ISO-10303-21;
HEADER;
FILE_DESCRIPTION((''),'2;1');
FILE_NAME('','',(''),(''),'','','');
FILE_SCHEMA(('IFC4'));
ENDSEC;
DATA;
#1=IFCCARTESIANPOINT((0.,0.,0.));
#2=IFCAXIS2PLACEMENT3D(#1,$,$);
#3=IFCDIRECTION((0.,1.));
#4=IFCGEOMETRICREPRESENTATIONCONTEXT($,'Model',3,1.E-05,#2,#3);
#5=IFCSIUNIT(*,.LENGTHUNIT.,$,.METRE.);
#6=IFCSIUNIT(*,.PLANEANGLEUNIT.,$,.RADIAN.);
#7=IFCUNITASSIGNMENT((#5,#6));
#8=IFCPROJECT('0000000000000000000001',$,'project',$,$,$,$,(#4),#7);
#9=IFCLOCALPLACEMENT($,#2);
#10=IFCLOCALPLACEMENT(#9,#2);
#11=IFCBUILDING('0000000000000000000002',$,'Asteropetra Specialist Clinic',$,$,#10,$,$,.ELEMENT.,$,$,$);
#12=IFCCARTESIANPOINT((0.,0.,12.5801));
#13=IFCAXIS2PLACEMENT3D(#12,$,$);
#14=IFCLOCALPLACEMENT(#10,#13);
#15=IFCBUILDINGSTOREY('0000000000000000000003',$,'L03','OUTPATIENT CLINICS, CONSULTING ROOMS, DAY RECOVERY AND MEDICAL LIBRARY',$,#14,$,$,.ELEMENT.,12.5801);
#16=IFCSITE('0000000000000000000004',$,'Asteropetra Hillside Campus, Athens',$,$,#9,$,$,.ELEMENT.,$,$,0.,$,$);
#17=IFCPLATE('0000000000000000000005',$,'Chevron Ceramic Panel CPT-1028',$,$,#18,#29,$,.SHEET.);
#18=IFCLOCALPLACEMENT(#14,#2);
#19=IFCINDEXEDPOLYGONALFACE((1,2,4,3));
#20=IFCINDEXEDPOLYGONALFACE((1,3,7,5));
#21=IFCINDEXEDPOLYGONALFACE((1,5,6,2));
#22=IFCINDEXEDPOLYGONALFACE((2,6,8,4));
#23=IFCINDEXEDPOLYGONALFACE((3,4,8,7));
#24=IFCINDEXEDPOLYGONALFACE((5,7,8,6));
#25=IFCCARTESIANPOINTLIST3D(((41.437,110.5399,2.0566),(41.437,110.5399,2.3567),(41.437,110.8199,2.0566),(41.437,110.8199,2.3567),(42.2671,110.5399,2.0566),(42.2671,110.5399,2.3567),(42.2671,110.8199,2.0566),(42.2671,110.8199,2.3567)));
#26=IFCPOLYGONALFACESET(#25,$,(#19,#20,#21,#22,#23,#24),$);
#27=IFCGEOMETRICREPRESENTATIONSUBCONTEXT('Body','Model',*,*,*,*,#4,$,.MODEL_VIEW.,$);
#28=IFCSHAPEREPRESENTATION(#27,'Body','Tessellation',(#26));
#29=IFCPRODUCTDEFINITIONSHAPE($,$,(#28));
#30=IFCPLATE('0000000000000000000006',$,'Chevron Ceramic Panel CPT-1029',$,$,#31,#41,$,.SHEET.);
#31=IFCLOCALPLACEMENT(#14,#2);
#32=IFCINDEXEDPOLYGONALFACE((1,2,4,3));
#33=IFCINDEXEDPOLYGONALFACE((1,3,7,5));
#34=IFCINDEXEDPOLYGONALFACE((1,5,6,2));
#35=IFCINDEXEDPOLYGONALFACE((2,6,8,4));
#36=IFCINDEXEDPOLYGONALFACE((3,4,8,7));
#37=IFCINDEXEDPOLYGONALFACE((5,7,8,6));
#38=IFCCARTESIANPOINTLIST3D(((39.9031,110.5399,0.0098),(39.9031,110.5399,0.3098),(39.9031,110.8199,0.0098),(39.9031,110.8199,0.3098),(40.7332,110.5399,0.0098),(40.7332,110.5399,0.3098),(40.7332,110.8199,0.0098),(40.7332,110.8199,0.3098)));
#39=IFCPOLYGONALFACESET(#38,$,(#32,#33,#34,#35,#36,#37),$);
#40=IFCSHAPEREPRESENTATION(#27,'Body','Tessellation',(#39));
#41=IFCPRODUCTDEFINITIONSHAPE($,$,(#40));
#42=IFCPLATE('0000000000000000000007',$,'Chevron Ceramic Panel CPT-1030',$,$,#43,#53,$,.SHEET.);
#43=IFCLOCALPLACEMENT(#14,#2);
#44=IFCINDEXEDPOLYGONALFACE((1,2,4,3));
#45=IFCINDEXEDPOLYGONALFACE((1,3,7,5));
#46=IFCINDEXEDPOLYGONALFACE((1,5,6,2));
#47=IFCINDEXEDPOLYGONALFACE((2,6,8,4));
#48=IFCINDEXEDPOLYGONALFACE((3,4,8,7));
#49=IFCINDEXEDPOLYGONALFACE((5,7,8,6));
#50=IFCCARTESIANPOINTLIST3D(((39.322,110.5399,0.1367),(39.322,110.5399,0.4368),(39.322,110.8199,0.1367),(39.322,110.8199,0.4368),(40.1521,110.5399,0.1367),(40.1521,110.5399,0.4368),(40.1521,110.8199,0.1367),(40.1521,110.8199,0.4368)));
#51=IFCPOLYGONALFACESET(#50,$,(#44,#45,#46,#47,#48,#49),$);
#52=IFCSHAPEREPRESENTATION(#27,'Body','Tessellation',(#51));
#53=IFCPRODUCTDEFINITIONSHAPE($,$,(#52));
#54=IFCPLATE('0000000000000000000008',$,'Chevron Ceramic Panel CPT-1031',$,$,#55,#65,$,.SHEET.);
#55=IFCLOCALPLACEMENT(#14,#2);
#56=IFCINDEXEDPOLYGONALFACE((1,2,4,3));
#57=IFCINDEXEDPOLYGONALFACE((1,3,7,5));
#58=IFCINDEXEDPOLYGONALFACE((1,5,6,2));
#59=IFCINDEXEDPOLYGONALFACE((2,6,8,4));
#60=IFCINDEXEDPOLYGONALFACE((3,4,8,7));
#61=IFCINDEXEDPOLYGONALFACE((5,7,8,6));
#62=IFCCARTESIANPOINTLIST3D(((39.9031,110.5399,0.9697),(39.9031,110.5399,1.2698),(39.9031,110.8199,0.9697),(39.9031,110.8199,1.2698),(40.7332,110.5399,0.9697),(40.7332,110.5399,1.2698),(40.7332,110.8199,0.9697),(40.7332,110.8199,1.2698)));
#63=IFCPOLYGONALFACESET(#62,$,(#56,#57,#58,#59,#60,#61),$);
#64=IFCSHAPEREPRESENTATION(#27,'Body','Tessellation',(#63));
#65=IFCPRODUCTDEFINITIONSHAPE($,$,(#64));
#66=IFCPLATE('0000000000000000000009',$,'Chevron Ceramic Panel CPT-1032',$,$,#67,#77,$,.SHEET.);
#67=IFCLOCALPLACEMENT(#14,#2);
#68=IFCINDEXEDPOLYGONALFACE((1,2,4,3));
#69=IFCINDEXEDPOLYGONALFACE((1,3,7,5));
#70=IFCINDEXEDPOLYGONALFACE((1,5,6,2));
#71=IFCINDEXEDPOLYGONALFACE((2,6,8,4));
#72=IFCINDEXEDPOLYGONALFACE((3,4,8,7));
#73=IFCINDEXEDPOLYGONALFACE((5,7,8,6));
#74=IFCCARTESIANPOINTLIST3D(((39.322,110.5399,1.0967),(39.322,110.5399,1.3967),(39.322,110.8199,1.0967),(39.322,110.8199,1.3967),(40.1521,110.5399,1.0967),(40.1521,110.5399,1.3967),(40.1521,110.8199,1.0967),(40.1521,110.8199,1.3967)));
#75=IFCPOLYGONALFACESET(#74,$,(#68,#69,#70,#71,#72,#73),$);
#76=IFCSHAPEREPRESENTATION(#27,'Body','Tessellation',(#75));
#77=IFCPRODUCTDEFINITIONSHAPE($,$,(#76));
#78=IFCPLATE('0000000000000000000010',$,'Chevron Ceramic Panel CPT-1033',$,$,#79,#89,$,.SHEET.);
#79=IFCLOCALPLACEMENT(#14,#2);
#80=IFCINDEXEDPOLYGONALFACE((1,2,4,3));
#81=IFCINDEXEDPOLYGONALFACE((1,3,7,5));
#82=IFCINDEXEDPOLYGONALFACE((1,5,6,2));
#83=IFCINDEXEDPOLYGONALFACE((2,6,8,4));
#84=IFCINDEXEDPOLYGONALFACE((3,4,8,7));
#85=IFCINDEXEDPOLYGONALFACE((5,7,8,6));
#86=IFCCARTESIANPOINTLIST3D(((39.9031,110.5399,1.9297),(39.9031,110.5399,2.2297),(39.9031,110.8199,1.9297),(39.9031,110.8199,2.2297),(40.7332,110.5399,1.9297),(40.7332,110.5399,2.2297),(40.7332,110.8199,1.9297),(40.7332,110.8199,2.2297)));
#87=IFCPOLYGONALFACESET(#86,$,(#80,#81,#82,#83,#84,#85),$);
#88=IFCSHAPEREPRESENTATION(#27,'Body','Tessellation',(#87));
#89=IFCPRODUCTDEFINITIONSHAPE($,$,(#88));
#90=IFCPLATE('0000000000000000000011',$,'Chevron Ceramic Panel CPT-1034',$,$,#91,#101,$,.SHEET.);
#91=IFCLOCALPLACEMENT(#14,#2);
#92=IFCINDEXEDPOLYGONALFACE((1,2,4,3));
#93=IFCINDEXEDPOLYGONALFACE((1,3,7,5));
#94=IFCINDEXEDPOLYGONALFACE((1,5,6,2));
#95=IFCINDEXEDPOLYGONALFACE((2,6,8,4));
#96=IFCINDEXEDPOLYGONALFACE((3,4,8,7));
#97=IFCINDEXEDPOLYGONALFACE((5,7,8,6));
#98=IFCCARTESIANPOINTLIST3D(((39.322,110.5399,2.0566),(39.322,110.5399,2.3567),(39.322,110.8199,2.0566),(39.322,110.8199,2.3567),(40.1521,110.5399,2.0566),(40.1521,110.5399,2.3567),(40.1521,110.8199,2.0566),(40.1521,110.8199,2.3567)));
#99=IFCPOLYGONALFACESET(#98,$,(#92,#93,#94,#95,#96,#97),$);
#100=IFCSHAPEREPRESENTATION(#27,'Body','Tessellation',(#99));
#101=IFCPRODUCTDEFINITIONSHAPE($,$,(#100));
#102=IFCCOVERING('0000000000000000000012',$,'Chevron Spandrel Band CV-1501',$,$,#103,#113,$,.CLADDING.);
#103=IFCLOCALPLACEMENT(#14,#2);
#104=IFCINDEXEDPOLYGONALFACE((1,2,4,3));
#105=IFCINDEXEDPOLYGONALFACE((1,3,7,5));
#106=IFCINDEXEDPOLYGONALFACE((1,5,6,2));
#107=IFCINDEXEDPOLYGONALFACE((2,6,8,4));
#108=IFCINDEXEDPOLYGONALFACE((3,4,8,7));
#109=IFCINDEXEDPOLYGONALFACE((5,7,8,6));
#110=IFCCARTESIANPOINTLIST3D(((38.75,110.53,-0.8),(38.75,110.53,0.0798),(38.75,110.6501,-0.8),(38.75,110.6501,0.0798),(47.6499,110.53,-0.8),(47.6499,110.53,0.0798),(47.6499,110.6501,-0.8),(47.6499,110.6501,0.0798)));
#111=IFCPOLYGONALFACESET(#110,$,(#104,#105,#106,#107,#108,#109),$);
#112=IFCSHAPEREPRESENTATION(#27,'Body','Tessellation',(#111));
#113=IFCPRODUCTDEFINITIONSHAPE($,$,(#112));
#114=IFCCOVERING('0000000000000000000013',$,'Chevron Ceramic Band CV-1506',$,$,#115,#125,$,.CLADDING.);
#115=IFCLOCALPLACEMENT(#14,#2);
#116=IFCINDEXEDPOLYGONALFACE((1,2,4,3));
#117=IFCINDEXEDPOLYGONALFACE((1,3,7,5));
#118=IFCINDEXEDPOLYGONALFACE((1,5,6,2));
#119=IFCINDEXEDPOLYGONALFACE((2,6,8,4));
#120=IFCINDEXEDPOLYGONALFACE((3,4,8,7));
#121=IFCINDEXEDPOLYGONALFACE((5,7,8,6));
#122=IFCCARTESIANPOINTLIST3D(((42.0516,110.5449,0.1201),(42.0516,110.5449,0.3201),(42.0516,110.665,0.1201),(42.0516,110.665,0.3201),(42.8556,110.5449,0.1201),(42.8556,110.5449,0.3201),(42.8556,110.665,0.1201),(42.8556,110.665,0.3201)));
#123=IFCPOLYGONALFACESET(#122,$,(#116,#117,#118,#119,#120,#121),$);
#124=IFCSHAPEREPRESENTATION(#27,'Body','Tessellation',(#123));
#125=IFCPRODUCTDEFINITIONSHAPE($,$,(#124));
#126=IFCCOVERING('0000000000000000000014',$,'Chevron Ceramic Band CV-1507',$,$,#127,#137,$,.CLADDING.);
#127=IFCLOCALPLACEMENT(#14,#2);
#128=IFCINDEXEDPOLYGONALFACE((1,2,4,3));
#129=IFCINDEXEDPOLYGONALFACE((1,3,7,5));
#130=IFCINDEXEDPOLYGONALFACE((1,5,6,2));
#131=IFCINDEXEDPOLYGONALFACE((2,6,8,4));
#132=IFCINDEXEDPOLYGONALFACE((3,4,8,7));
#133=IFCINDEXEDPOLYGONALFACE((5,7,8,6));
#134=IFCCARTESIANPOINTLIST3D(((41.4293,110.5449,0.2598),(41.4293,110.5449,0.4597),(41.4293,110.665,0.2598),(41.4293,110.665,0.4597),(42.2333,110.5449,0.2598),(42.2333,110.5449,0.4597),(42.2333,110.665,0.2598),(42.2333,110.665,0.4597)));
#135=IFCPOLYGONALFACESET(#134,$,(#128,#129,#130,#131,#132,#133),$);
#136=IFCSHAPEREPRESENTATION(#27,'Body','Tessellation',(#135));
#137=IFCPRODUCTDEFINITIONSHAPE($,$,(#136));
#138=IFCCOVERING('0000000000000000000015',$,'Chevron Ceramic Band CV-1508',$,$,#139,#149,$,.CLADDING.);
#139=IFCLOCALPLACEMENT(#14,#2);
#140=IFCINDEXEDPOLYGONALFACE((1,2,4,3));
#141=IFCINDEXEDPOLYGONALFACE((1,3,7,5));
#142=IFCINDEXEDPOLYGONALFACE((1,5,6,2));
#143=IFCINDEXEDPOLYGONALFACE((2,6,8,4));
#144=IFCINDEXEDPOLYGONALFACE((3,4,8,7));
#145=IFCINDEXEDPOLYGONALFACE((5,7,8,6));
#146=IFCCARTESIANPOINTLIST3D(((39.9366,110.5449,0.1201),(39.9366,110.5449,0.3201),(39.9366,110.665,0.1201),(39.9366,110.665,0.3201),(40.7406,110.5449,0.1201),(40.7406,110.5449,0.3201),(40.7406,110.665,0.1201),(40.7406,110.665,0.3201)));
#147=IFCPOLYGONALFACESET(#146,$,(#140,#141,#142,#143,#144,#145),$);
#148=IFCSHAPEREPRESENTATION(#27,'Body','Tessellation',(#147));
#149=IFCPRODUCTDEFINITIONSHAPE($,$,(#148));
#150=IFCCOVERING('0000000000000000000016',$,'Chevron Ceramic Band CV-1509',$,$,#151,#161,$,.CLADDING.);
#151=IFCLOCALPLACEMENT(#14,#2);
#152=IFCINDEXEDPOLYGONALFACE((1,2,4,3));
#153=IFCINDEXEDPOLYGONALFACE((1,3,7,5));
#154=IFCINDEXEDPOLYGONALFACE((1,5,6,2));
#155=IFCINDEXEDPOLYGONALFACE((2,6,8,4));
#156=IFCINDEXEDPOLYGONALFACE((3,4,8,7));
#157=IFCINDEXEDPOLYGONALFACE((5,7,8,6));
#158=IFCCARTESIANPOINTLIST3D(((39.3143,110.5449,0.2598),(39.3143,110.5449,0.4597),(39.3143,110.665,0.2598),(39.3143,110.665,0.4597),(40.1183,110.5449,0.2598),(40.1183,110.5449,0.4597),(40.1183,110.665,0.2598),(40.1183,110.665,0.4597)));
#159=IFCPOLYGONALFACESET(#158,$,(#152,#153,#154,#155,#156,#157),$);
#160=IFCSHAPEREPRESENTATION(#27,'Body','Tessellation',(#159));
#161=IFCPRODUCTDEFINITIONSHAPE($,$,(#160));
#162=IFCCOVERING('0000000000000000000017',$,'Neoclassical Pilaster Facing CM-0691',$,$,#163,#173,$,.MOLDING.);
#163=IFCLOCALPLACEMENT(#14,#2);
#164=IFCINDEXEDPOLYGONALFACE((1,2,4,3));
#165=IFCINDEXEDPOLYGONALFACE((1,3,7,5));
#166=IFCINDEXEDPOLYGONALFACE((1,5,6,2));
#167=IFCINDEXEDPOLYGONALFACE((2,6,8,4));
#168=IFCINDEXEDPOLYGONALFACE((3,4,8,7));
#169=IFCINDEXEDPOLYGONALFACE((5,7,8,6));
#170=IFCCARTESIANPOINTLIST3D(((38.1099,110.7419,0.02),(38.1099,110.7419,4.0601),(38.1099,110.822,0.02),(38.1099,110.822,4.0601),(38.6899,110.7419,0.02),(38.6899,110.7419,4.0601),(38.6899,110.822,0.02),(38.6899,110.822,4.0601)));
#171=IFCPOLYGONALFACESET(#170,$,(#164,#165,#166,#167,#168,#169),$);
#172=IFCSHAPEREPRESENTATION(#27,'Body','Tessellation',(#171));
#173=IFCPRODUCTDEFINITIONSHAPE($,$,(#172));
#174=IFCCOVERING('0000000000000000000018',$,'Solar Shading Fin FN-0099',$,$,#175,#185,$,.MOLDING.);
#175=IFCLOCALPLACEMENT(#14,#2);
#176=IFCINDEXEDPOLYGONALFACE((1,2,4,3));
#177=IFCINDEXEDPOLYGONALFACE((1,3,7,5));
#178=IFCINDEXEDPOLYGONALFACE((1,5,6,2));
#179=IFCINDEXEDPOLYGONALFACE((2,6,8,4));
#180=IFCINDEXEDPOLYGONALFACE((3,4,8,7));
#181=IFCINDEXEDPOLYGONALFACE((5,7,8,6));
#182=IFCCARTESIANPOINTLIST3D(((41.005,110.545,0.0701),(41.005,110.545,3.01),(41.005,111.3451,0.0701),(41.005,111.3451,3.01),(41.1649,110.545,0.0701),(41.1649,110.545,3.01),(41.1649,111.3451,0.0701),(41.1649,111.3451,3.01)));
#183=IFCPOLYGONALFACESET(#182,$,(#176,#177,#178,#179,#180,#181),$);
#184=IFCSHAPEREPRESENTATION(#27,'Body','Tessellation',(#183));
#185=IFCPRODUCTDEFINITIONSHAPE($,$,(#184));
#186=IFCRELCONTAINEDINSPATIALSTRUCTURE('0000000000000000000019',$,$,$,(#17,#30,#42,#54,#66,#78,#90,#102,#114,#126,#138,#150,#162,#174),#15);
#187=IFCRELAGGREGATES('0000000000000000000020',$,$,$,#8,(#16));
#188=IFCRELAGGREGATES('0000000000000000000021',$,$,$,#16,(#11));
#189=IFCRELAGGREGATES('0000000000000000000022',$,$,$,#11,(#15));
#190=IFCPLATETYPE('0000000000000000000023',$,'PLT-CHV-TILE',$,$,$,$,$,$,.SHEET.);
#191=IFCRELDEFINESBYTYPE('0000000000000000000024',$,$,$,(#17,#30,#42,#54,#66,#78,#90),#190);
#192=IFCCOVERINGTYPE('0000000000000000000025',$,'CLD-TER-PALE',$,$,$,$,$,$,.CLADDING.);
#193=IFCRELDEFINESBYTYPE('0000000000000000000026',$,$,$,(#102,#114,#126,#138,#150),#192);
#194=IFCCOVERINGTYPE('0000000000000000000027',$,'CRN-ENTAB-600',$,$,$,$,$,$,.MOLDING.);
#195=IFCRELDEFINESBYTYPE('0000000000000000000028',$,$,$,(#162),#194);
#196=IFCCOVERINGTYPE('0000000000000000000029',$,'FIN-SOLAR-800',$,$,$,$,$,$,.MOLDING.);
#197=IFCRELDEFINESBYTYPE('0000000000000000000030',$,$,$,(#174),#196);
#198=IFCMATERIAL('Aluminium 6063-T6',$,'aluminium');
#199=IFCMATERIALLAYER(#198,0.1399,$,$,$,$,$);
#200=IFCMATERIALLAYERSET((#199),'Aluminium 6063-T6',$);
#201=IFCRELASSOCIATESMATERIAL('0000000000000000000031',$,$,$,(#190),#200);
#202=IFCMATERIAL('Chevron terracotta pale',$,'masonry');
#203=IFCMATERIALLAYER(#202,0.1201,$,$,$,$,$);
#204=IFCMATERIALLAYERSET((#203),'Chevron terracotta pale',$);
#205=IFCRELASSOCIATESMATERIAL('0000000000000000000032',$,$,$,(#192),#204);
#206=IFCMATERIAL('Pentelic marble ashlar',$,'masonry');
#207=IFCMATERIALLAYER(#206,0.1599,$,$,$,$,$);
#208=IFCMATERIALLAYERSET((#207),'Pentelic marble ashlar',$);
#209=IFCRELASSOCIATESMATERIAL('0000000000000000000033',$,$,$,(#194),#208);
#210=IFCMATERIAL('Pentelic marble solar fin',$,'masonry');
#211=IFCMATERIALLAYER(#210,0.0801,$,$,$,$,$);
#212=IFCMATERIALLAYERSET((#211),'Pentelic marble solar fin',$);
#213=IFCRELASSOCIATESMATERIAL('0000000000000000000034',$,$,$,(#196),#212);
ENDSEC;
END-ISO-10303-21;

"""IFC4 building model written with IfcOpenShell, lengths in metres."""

from ifc_helpers import new_model, si_unit, direction, frame, origin, origin_2d, place, context, subcontext, project, spatial, rectangle, extrude, material, layer, layer_set, type_object, element, save


model = new_model("IFC4")

# Units and contexts
model_context = context("Model", 3, precision=1e-05, world=origin(), true_north=direction((0.0, 1.0)))
body_context = subcontext(model_context, "Body", "Model", "MODEL_VIEW")
ifc_project = project(units=[si_unit("LENGTHUNIT", "METRE"), si_unit("PLANEANGLEUNIT", "RADIAN")], contexts=[model_context])

# Site, building, storey
site_placement = place(None, origin())
site = spatial("IfcSite", under=ifc_project, at=site_placement, Name="Asteropetra Hillside Campus, Athens", CompositionType="ELEMENT", RefElevation=0.0)
building_placement = place(site_placement, origin())
building = spatial("IfcBuilding", under=site, at=building_placement, Name="Asteropetra Specialist Clinic", CompositionType="ELEMENT")
storey_placement = place(building_placement, frame((0.0, 0.0, 12.5801)))
storey = spatial("IfcBuildingStorey", under=building, at=storey_placement, Name="L03", Description="OUTPATIENT CLINICS, CONSULTING ROOMS, DAY RECOVERY AND MEDICAL LIBRARY", CompositionType="ELEMENT", Elevation=12.5801)

# Plates
ifc_material_1 = material(Name="Aluminium 6063-T6", Category="aluminium")
ifc_layer_1 = layer(ifc_material_1, 0.1399)
ifc_layer_set_1 = layer_set([ifc_layer_1], Name="Aluminium 6063-T6")
plate_type_1 = type_object("IfcPlateType", Name="PLT-CHV-TILE", PredefinedType="SHEET", material=ifc_layer_set_1)
for number, where, z_axis, x_axis, name in (
    (1, (41.8521, 110.6799, 2.0566), (0.0, 0.0, 1.0), (1.0, 0.0, 0.0), "Chevron Ceramic Panel CPT-1028"),
    (2, (40.3181, 110.6799, 0.0098), (0.0, 0.0, 1.0), (1.0, 0.0, 0.0), "Chevron Ceramic Panel CPT-1029"),
    (3, (39.7371, 110.6799, 0.1367), (0.0, 0.0, 1.0), (1.0, 0.0, 0.0), "Chevron Ceramic Panel CPT-1030"),
    (4, (40.3181, 110.6799, 0.9697), (0.0, 0.0, 1.0), (1.0, 0.0, 0.0), "Chevron Ceramic Panel CPT-1031"),
    (5, (39.7371, 110.6799, 1.0967), (0.0, 0.0, 1.0), (1.0, 0.0, 0.0), "Chevron Ceramic Panel CPT-1032"),
    (6, (40.3181, 110.6799, 1.9297), (0.0, 0.0, 1.0), (1.0, 0.0, 0.0), "Chevron Ceramic Panel CPT-1033"),
    (7, (39.7371, 110.6799, 2.0566), (0.0, 0.0, 1.0), (1.0, 0.0, 0.0), "Chevron Ceramic Panel CPT-1034"),
):
    element("IfcPlate", number, at=place(storey_placement, frame(where, z_axis=z_axis, x_axis=x_axis)), inside=storey, type_object=plate_type_1, Name=name, PredefinedType="SHEET", context=body_context, shape_type="SweptSolid", body=[
        extrude(rectangle(XDim=0.8301, YDim=0.28, at=origin_2d()), origin(), (0.0, 0.0, 1.0), 0.3),
    ])

# Coverings
ifc_material_2 = material(Name="Chevron terracotta pale", Category="masonry")
ifc_layer_2 = layer(ifc_material_2, 0.1201)
ifc_layer_set_2 = layer_set([ifc_layer_2], Name="Chevron terracotta pale")
covering_type_1 = type_object("IfcCoveringType", Name="CLD-TER-PALE", PredefinedType="CLADDING", material=ifc_layer_set_2)
covering_1_placement = place(storey_placement, frame((43.2, 110.5901, -0.8), z_axis=(0.0, 0.0, 1.0), x_axis=(1.0, 0.0, 0.0)))
element("IfcCovering", 8, at=covering_1_placement, inside=storey, type_object=covering_type_1, Name="Chevron Spandrel Band CV-1501", PredefinedType="CLADDING", context=body_context, shape_type="SweptSolid", body=[
    extrude(rectangle(XDim=8.8999, YDim=0.1201, at=origin_2d()), origin(), (0.0, 0.0, 1.0), 0.8799),
])
for number, where, z_axis, x_axis, name in (
    (9, (42.4536, 110.605, 0.1201), (0.0, 0.0, 1.0), (1.0, 0.0, 0.0), "Chevron Ceramic Band CV-1506"),
    (10, (41.8313, 110.605, 0.2598), (0.0, 0.0, 1.0), (1.0, 0.0, 0.0), "Chevron Ceramic Band CV-1507"),
    (11, (40.3386, 110.605, 0.1201), (0.0, 0.0, 1.0), (1.0, 0.0, 0.0), "Chevron Ceramic Band CV-1508"),
    (12, (39.7163, 110.605, 0.2598), (0.0, 0.0, 1.0), (1.0, 0.0, 0.0), "Chevron Ceramic Band CV-1509"),
):
    element("IfcCovering", number, at=place(storey_placement, frame(where, z_axis=z_axis, x_axis=x_axis)), inside=storey, type_object=covering_type_1, Name=name, PredefinedType="CLADDING", context=body_context, shape_type="SweptSolid", body=[
        extrude(rectangle(XDim=0.804, YDim=0.1201, at=origin_2d()), origin(), (0.0, 0.0, 1.0), 0.2),
    ])
ifc_material_3 = material(Name="Pentelic marble ashlar", Category="masonry")
ifc_layer_3 = layer(ifc_material_3, 0.1599)
ifc_layer_set_3 = layer_set([ifc_layer_3], Name="Pentelic marble ashlar")
covering_type_2 = type_object("IfcCoveringType", Name="CRN-ENTAB-600", PredefinedType="MOLDING", material=ifc_layer_set_3)
covering_2_placement = place(storey_placement, frame((38.3999, 110.782, 0.02), z_axis=(0.0, 0.0, 1.0), x_axis=(1.0, 0.0, 0.0)))
element("IfcCovering", 13, at=covering_2_placement, inside=storey, type_object=covering_type_2, Name="Neoclassical Pilaster Facing CM-0691", PredefinedType="MOLDING", context=body_context, shape_type="SweptSolid", body=[
    extrude(rectangle(XDim=0.5801, YDim=0.0801, at=origin_2d()), origin(), (0.0, 0.0, 1.0), 4.04),
])
ifc_material_4 = material(Name="Pentelic marble solar fin", Category="masonry")
ifc_layer_4 = layer(ifc_material_4, 0.0801)
ifc_layer_set_4 = layer_set([ifc_layer_4], Name="Pentelic marble solar fin")
covering_type_3 = type_object("IfcCoveringType", Name="FIN-SOLAR-800", PredefinedType="MOLDING", material=ifc_layer_set_4)
covering_3_placement = place(storey_placement, frame((41.085, 110.9451, 0.0701), z_axis=(0.0, 0.0, 1.0), x_axis=(1.0, 0.0, 0.0)))
element("IfcCovering", 14, at=covering_3_placement, inside=storey, type_object=covering_type_3, Name="Solar Shading Fin FN-0099", PredefinedType="MOLDING", context=body_context, shape_type="SweptSolid", body=[
    extrude(rectangle(XDim=0.1599, YDim=0.8, at=origin_2d()), origin(), (0.0, 0.0, 1.0), 2.9399),
])

save(model, "model.ifc")
